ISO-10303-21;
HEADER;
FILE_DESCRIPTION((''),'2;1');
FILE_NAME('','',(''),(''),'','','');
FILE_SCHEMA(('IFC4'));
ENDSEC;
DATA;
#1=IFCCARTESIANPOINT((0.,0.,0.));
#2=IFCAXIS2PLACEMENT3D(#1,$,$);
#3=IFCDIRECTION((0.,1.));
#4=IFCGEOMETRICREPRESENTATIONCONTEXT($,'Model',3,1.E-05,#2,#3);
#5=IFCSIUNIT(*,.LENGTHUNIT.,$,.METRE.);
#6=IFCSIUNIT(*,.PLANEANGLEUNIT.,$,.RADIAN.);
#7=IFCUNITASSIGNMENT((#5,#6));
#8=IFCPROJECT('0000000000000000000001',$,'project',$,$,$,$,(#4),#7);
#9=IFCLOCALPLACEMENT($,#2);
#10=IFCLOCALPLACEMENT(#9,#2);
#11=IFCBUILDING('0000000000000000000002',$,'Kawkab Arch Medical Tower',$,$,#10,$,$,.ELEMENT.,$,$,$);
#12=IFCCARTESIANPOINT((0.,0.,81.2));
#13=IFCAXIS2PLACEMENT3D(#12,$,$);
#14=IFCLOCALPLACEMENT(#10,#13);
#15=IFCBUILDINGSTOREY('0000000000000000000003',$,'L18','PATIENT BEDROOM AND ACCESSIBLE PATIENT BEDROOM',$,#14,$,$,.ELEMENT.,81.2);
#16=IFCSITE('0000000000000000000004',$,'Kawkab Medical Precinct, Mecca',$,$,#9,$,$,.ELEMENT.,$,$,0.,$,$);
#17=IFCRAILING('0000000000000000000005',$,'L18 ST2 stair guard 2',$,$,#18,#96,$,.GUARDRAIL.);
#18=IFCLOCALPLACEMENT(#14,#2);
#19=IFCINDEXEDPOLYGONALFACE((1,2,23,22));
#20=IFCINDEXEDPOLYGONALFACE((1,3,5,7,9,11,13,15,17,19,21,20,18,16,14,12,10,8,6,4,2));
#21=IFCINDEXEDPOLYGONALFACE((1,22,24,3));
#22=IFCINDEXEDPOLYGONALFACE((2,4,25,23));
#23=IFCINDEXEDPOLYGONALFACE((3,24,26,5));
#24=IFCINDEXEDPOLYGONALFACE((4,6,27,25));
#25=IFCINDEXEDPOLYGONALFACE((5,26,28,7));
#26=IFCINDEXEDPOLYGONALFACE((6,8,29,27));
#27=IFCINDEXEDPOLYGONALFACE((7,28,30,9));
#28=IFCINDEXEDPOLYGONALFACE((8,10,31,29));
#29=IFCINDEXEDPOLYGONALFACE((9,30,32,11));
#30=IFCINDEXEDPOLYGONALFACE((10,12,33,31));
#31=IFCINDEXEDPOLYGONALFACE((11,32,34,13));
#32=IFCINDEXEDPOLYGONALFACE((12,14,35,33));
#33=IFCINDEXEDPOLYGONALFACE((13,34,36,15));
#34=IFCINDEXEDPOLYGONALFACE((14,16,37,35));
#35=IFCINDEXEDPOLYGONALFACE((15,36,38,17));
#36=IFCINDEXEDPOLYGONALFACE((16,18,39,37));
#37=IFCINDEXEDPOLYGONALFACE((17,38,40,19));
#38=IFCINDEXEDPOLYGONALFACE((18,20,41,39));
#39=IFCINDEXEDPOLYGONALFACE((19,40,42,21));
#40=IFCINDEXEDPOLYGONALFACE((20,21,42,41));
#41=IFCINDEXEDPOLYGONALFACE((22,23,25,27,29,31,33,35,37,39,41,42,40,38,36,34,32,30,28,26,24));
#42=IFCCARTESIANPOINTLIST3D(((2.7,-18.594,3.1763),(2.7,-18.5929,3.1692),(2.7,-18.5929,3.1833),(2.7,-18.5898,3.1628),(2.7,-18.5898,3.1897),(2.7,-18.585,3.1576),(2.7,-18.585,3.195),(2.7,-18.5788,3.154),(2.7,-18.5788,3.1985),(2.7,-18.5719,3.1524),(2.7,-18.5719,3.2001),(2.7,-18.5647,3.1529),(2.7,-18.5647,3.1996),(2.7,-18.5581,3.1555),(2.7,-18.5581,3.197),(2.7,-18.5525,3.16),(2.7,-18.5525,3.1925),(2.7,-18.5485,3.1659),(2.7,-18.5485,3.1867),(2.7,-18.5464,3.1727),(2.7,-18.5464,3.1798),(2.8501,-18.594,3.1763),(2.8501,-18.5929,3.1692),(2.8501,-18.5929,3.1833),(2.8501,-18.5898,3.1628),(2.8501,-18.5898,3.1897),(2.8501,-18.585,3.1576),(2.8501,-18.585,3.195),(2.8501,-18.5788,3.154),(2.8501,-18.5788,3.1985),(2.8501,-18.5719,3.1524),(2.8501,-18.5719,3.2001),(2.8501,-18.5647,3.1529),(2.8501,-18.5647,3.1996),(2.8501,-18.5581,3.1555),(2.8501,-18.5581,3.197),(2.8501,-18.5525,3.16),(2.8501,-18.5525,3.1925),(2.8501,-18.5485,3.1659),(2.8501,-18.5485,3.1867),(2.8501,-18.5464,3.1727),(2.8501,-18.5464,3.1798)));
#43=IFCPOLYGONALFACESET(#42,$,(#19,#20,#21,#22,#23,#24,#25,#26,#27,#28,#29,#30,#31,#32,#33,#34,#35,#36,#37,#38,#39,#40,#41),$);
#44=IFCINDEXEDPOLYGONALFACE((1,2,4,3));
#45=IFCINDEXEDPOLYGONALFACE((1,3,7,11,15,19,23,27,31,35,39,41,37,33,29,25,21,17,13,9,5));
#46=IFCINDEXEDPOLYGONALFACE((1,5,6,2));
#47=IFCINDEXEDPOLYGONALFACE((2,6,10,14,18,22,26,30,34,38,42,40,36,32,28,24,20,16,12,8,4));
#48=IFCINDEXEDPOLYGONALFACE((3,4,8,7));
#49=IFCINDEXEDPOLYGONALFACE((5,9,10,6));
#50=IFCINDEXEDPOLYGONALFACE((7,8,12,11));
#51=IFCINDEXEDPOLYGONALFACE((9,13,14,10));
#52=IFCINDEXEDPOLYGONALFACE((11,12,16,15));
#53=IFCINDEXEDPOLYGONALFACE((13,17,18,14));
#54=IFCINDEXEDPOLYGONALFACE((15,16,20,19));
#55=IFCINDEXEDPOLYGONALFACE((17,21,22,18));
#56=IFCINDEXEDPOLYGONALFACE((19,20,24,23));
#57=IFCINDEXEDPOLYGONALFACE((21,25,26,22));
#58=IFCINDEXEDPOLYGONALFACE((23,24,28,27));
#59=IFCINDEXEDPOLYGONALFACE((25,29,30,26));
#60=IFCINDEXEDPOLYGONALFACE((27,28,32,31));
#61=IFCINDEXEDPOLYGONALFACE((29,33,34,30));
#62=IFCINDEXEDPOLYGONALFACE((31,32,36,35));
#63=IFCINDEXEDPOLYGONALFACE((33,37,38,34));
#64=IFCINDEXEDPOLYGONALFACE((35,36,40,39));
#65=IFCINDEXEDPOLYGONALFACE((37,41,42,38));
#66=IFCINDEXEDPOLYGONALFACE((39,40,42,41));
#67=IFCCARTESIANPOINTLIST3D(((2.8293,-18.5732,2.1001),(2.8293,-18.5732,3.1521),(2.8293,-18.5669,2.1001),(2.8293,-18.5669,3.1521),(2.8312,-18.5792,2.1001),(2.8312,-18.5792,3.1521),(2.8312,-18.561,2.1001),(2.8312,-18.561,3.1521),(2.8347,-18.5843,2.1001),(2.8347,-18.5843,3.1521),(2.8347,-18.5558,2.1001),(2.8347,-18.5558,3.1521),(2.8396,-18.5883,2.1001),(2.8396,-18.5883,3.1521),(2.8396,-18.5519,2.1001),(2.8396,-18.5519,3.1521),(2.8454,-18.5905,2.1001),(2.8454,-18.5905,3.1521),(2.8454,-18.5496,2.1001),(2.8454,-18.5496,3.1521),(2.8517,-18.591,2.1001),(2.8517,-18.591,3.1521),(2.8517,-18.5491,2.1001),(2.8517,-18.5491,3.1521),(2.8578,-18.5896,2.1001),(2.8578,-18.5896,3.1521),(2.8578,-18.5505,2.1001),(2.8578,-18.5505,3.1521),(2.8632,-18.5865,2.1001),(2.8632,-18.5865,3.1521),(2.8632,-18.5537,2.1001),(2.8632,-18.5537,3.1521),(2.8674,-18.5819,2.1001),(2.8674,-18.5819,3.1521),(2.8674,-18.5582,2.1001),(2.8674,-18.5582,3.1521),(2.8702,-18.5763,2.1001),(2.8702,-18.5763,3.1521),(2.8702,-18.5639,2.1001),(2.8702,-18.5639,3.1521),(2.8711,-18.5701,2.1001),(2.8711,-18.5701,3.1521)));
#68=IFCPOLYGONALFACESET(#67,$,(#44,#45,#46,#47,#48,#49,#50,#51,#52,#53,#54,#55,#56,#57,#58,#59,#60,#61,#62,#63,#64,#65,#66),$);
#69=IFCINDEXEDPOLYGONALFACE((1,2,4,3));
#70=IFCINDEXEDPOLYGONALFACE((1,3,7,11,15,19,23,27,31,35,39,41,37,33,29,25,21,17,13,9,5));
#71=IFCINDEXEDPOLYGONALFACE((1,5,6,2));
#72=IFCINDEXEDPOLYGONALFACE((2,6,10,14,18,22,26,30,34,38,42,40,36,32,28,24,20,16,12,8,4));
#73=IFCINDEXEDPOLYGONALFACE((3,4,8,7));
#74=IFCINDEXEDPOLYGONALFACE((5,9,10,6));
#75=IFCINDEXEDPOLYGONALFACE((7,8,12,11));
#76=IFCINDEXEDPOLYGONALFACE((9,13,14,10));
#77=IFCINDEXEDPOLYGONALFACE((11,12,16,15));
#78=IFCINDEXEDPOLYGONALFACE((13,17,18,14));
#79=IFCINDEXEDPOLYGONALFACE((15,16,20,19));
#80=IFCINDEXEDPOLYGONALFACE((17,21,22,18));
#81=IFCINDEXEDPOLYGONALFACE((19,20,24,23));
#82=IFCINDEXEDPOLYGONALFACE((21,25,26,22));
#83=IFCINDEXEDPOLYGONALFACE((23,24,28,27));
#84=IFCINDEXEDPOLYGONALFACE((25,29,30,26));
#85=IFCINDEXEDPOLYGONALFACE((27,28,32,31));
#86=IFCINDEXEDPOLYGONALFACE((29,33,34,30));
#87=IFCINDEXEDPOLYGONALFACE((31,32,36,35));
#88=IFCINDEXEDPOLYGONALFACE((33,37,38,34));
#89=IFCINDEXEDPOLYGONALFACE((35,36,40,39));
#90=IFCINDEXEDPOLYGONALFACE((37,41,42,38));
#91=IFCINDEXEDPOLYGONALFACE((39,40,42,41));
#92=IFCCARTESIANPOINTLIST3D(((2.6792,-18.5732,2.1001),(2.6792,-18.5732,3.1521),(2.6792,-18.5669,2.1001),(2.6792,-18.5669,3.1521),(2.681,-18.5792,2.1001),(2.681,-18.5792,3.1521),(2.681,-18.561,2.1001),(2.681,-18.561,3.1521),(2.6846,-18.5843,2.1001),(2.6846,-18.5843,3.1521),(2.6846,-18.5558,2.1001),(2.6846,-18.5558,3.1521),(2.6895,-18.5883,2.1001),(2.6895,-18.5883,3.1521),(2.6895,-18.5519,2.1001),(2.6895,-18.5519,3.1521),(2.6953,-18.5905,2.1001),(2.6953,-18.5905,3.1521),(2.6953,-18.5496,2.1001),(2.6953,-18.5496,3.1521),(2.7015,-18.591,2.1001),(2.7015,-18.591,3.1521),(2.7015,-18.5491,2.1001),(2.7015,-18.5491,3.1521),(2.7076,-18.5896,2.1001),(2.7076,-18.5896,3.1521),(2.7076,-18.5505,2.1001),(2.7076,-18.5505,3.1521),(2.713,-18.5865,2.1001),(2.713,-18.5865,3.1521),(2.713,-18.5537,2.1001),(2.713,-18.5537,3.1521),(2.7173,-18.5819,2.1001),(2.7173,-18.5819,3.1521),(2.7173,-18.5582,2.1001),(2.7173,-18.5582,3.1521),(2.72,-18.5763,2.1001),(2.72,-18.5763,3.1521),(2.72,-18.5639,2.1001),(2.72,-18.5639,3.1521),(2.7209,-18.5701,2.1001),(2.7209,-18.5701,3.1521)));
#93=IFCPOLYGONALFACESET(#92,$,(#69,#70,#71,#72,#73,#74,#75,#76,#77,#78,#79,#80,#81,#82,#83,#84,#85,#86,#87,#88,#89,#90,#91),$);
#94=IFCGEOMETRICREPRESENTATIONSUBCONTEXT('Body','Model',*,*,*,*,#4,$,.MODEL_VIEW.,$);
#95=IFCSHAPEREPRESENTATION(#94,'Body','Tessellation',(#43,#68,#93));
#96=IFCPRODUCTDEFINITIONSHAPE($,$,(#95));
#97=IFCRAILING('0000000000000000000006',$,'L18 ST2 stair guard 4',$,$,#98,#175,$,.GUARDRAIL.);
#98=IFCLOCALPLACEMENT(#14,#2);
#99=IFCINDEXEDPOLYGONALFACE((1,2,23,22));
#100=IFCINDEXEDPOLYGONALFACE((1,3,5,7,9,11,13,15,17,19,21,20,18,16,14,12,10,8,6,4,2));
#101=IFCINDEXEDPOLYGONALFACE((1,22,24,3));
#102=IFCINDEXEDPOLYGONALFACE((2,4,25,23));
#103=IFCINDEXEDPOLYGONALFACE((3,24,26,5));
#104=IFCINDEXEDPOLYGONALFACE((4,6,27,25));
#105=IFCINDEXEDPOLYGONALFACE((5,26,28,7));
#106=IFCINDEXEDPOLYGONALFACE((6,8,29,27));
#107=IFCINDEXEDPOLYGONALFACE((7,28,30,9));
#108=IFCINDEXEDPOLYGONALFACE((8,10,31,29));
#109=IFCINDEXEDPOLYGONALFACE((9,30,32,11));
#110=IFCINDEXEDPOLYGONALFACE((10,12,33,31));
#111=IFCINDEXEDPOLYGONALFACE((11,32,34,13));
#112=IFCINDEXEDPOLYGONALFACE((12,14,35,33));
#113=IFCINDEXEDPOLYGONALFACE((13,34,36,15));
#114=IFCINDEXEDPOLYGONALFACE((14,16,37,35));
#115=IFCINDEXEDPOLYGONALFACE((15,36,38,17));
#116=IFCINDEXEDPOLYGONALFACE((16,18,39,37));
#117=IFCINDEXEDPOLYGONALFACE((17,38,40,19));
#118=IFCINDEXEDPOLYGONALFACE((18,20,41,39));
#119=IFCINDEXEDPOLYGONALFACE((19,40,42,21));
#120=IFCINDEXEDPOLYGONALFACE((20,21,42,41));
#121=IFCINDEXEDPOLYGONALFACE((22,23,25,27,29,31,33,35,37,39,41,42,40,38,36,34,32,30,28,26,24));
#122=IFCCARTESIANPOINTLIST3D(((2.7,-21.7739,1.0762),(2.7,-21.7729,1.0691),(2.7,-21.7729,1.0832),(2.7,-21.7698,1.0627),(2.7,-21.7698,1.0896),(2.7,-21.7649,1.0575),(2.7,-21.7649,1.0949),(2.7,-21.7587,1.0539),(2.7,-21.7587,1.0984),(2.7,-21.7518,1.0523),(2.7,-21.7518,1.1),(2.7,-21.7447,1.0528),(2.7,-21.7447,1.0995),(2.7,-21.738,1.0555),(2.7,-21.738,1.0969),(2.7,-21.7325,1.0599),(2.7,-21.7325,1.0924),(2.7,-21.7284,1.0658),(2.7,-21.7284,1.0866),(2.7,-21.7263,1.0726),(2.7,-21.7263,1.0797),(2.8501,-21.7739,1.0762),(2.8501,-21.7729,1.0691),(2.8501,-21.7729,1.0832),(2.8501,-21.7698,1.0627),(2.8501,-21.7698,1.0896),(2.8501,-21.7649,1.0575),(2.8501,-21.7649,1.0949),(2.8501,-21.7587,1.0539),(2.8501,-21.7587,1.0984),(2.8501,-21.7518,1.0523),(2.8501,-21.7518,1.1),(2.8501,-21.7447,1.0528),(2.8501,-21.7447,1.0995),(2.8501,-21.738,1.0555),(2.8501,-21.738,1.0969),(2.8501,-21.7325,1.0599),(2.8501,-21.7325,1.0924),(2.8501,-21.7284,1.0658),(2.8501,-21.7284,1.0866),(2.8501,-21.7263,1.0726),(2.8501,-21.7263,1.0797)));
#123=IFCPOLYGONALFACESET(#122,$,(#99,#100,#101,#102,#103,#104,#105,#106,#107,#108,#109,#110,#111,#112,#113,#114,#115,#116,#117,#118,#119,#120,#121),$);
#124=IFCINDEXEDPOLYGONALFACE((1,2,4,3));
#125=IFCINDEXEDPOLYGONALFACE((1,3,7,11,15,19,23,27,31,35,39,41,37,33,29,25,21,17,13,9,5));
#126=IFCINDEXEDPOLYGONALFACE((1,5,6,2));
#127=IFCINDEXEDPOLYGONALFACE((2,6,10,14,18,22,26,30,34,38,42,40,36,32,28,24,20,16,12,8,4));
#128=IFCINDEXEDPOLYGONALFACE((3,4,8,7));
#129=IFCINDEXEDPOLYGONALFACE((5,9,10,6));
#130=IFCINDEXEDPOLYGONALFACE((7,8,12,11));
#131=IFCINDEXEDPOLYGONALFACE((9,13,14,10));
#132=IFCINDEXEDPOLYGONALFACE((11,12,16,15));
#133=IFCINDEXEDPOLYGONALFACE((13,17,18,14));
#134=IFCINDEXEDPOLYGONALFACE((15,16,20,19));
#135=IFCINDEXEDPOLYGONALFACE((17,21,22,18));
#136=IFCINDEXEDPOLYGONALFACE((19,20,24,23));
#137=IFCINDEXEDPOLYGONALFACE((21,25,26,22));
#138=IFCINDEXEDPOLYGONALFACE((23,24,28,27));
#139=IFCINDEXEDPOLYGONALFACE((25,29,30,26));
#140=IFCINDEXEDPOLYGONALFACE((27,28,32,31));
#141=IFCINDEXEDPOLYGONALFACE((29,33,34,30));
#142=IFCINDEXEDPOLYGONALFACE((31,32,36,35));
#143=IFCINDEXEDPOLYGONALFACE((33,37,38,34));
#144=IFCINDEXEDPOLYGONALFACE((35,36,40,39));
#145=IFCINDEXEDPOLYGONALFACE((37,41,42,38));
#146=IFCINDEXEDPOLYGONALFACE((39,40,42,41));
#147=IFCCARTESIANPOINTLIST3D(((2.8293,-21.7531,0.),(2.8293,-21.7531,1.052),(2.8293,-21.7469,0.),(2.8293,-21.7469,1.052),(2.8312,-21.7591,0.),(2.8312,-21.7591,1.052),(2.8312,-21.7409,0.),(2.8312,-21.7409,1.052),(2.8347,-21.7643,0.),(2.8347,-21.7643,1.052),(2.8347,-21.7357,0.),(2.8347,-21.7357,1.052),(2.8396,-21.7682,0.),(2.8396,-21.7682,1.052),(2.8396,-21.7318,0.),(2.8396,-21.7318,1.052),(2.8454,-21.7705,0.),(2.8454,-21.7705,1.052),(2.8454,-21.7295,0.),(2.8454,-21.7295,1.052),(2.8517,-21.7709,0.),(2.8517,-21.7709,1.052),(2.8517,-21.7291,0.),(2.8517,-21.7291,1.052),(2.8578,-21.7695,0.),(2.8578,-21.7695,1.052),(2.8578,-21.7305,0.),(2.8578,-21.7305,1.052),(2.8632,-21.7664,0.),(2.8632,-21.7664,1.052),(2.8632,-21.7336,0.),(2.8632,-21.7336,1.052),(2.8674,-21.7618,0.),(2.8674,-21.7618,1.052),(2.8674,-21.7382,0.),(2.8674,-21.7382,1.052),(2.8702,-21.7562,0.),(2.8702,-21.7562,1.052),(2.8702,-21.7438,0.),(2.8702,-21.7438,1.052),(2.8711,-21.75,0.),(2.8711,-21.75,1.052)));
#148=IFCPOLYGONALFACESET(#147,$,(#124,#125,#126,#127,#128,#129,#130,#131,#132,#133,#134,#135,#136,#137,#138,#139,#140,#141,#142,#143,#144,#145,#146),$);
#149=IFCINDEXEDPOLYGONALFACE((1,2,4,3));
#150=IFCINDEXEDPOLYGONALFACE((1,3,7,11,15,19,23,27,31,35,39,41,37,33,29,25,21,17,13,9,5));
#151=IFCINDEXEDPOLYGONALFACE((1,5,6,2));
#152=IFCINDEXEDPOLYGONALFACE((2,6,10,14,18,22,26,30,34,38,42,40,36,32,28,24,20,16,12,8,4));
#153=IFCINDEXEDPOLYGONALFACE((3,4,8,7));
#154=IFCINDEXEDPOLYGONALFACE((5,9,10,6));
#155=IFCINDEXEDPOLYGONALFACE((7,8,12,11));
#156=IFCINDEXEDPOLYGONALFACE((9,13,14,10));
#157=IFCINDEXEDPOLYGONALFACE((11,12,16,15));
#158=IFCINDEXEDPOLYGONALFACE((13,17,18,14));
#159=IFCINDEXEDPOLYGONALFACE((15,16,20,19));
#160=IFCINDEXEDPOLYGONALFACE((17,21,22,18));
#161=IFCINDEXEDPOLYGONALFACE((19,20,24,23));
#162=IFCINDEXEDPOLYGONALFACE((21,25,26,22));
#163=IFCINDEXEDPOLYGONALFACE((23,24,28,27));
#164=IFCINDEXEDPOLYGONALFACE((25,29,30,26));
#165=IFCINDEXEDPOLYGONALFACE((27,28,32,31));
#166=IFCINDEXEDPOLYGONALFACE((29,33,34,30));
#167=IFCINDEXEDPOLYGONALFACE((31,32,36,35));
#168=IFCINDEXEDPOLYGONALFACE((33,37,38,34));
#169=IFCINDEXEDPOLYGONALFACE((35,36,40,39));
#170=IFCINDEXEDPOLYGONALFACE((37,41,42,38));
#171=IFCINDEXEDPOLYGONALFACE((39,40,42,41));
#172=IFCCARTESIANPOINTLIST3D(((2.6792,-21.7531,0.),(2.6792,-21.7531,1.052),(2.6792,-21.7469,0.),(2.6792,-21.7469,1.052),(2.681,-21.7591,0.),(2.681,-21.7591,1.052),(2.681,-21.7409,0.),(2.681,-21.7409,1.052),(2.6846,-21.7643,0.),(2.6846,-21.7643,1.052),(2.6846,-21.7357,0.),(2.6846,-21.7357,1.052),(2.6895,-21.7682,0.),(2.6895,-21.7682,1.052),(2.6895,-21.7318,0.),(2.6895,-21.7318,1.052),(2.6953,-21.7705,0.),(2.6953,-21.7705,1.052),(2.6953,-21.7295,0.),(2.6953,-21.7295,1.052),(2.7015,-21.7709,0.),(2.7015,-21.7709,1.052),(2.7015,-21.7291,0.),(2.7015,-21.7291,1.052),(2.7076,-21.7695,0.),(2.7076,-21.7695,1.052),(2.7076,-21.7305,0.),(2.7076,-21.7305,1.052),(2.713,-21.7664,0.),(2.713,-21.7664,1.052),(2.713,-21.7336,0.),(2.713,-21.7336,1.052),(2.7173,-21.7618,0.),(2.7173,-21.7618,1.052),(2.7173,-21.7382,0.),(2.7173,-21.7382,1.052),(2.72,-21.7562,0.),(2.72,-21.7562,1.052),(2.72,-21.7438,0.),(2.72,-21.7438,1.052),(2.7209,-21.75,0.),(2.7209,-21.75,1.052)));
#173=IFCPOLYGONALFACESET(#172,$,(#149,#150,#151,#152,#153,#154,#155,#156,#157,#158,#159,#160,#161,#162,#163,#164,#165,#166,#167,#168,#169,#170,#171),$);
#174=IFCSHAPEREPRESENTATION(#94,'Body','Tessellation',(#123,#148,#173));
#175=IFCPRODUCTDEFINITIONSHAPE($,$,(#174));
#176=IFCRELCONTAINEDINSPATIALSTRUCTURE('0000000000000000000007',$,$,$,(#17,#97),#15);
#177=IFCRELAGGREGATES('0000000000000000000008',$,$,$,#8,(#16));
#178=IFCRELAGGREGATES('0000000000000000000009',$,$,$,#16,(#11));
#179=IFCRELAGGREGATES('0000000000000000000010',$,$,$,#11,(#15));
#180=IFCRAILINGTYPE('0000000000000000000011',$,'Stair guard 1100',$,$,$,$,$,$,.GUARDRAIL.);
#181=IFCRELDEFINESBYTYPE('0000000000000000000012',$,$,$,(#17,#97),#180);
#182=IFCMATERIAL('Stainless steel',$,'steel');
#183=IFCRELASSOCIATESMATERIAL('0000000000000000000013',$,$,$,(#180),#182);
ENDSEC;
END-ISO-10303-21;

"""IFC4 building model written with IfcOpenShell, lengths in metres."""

from ifc_helpers import new_model, si_unit, direction, frame, origin, origin_2d, place, context, subcontext, project, spatial, circle, extrude, material, type_object, element, save


model = new_model("IFC4")

# Units and contexts
model_context = context("Model", 3, precision=1e-05, world=origin(), true_north=direction((0.0, 1.0)))
body_context = subcontext(model_context, "Body", "Model", "MODEL_VIEW")
ifc_project = project(units=[si_unit("LENGTHUNIT", "METRE"), si_unit("PLANEANGLEUNIT", "RADIAN")], contexts=[model_context])

# Site, building, storey
site_placement = place(None, origin())
site = spatial("IfcSite", under=ifc_project, at=site_placement, Name="Kawkab Medical Precinct, Mecca", CompositionType="ELEMENT", RefElevation=0.0)
building_placement = place(site_placement, origin())
building = spatial("IfcBuilding", under=site, at=building_placement, Name="Kawkab Arch Medical Tower", CompositionType="ELEMENT")
storey_placement = place(building_placement, frame((0.0, 0.0, 81.2)))
storey = spatial("IfcBuildingStorey", under=building, at=storey_placement, Name="L18", Description="PATIENT BEDROOM AND ACCESSIBLE PATIENT BEDROOM", CompositionType="ELEMENT", Elevation=81.2)

# Railings
ifc_material_1 = material(Name="Stainless steel", Category="steel")
railing_type = type_object("IfcRailingType", Name="Stair guard 1100", PredefinedType="GUARDRAIL", material=ifc_material_1)
for number, where, name in (
    (1, (2.8501, -18.5701, 2.1001), "L18 ST2 stair guard 2"),
    (2, (2.8501, -21.75, 0.0), "L18 ST2 stair guard 4"),
):
    element("IfcRailing", number, at=place(storey_placement, frame(where)), inside=storey, type_object=railing_type, Name=name, PredefinedType="GUARDRAIL", context=body_context, shape_type="SweptSolid", body=[
        extrude(circle(Radius=0.0239, at=origin_2d()), frame((0.0, 0.0, 1.0762), z_axis=(-1.0, 0.0, 0.0), x_axis=(0.0, -1.0, 0.0)), (0.0, 0.0, 1.0), 0.1501),
        extrude(circle(Radius=0.021, at=origin_2d()), origin(), (0.0, 0.0, 1.0), 1.052),
        extrude(circle(Radius=0.021, at=origin_2d()), frame((-0.1501, 0.0, 0.0)), (0.0, 0.0, 1.0), 1.052),
    ])

save(model, "model.ifc")
